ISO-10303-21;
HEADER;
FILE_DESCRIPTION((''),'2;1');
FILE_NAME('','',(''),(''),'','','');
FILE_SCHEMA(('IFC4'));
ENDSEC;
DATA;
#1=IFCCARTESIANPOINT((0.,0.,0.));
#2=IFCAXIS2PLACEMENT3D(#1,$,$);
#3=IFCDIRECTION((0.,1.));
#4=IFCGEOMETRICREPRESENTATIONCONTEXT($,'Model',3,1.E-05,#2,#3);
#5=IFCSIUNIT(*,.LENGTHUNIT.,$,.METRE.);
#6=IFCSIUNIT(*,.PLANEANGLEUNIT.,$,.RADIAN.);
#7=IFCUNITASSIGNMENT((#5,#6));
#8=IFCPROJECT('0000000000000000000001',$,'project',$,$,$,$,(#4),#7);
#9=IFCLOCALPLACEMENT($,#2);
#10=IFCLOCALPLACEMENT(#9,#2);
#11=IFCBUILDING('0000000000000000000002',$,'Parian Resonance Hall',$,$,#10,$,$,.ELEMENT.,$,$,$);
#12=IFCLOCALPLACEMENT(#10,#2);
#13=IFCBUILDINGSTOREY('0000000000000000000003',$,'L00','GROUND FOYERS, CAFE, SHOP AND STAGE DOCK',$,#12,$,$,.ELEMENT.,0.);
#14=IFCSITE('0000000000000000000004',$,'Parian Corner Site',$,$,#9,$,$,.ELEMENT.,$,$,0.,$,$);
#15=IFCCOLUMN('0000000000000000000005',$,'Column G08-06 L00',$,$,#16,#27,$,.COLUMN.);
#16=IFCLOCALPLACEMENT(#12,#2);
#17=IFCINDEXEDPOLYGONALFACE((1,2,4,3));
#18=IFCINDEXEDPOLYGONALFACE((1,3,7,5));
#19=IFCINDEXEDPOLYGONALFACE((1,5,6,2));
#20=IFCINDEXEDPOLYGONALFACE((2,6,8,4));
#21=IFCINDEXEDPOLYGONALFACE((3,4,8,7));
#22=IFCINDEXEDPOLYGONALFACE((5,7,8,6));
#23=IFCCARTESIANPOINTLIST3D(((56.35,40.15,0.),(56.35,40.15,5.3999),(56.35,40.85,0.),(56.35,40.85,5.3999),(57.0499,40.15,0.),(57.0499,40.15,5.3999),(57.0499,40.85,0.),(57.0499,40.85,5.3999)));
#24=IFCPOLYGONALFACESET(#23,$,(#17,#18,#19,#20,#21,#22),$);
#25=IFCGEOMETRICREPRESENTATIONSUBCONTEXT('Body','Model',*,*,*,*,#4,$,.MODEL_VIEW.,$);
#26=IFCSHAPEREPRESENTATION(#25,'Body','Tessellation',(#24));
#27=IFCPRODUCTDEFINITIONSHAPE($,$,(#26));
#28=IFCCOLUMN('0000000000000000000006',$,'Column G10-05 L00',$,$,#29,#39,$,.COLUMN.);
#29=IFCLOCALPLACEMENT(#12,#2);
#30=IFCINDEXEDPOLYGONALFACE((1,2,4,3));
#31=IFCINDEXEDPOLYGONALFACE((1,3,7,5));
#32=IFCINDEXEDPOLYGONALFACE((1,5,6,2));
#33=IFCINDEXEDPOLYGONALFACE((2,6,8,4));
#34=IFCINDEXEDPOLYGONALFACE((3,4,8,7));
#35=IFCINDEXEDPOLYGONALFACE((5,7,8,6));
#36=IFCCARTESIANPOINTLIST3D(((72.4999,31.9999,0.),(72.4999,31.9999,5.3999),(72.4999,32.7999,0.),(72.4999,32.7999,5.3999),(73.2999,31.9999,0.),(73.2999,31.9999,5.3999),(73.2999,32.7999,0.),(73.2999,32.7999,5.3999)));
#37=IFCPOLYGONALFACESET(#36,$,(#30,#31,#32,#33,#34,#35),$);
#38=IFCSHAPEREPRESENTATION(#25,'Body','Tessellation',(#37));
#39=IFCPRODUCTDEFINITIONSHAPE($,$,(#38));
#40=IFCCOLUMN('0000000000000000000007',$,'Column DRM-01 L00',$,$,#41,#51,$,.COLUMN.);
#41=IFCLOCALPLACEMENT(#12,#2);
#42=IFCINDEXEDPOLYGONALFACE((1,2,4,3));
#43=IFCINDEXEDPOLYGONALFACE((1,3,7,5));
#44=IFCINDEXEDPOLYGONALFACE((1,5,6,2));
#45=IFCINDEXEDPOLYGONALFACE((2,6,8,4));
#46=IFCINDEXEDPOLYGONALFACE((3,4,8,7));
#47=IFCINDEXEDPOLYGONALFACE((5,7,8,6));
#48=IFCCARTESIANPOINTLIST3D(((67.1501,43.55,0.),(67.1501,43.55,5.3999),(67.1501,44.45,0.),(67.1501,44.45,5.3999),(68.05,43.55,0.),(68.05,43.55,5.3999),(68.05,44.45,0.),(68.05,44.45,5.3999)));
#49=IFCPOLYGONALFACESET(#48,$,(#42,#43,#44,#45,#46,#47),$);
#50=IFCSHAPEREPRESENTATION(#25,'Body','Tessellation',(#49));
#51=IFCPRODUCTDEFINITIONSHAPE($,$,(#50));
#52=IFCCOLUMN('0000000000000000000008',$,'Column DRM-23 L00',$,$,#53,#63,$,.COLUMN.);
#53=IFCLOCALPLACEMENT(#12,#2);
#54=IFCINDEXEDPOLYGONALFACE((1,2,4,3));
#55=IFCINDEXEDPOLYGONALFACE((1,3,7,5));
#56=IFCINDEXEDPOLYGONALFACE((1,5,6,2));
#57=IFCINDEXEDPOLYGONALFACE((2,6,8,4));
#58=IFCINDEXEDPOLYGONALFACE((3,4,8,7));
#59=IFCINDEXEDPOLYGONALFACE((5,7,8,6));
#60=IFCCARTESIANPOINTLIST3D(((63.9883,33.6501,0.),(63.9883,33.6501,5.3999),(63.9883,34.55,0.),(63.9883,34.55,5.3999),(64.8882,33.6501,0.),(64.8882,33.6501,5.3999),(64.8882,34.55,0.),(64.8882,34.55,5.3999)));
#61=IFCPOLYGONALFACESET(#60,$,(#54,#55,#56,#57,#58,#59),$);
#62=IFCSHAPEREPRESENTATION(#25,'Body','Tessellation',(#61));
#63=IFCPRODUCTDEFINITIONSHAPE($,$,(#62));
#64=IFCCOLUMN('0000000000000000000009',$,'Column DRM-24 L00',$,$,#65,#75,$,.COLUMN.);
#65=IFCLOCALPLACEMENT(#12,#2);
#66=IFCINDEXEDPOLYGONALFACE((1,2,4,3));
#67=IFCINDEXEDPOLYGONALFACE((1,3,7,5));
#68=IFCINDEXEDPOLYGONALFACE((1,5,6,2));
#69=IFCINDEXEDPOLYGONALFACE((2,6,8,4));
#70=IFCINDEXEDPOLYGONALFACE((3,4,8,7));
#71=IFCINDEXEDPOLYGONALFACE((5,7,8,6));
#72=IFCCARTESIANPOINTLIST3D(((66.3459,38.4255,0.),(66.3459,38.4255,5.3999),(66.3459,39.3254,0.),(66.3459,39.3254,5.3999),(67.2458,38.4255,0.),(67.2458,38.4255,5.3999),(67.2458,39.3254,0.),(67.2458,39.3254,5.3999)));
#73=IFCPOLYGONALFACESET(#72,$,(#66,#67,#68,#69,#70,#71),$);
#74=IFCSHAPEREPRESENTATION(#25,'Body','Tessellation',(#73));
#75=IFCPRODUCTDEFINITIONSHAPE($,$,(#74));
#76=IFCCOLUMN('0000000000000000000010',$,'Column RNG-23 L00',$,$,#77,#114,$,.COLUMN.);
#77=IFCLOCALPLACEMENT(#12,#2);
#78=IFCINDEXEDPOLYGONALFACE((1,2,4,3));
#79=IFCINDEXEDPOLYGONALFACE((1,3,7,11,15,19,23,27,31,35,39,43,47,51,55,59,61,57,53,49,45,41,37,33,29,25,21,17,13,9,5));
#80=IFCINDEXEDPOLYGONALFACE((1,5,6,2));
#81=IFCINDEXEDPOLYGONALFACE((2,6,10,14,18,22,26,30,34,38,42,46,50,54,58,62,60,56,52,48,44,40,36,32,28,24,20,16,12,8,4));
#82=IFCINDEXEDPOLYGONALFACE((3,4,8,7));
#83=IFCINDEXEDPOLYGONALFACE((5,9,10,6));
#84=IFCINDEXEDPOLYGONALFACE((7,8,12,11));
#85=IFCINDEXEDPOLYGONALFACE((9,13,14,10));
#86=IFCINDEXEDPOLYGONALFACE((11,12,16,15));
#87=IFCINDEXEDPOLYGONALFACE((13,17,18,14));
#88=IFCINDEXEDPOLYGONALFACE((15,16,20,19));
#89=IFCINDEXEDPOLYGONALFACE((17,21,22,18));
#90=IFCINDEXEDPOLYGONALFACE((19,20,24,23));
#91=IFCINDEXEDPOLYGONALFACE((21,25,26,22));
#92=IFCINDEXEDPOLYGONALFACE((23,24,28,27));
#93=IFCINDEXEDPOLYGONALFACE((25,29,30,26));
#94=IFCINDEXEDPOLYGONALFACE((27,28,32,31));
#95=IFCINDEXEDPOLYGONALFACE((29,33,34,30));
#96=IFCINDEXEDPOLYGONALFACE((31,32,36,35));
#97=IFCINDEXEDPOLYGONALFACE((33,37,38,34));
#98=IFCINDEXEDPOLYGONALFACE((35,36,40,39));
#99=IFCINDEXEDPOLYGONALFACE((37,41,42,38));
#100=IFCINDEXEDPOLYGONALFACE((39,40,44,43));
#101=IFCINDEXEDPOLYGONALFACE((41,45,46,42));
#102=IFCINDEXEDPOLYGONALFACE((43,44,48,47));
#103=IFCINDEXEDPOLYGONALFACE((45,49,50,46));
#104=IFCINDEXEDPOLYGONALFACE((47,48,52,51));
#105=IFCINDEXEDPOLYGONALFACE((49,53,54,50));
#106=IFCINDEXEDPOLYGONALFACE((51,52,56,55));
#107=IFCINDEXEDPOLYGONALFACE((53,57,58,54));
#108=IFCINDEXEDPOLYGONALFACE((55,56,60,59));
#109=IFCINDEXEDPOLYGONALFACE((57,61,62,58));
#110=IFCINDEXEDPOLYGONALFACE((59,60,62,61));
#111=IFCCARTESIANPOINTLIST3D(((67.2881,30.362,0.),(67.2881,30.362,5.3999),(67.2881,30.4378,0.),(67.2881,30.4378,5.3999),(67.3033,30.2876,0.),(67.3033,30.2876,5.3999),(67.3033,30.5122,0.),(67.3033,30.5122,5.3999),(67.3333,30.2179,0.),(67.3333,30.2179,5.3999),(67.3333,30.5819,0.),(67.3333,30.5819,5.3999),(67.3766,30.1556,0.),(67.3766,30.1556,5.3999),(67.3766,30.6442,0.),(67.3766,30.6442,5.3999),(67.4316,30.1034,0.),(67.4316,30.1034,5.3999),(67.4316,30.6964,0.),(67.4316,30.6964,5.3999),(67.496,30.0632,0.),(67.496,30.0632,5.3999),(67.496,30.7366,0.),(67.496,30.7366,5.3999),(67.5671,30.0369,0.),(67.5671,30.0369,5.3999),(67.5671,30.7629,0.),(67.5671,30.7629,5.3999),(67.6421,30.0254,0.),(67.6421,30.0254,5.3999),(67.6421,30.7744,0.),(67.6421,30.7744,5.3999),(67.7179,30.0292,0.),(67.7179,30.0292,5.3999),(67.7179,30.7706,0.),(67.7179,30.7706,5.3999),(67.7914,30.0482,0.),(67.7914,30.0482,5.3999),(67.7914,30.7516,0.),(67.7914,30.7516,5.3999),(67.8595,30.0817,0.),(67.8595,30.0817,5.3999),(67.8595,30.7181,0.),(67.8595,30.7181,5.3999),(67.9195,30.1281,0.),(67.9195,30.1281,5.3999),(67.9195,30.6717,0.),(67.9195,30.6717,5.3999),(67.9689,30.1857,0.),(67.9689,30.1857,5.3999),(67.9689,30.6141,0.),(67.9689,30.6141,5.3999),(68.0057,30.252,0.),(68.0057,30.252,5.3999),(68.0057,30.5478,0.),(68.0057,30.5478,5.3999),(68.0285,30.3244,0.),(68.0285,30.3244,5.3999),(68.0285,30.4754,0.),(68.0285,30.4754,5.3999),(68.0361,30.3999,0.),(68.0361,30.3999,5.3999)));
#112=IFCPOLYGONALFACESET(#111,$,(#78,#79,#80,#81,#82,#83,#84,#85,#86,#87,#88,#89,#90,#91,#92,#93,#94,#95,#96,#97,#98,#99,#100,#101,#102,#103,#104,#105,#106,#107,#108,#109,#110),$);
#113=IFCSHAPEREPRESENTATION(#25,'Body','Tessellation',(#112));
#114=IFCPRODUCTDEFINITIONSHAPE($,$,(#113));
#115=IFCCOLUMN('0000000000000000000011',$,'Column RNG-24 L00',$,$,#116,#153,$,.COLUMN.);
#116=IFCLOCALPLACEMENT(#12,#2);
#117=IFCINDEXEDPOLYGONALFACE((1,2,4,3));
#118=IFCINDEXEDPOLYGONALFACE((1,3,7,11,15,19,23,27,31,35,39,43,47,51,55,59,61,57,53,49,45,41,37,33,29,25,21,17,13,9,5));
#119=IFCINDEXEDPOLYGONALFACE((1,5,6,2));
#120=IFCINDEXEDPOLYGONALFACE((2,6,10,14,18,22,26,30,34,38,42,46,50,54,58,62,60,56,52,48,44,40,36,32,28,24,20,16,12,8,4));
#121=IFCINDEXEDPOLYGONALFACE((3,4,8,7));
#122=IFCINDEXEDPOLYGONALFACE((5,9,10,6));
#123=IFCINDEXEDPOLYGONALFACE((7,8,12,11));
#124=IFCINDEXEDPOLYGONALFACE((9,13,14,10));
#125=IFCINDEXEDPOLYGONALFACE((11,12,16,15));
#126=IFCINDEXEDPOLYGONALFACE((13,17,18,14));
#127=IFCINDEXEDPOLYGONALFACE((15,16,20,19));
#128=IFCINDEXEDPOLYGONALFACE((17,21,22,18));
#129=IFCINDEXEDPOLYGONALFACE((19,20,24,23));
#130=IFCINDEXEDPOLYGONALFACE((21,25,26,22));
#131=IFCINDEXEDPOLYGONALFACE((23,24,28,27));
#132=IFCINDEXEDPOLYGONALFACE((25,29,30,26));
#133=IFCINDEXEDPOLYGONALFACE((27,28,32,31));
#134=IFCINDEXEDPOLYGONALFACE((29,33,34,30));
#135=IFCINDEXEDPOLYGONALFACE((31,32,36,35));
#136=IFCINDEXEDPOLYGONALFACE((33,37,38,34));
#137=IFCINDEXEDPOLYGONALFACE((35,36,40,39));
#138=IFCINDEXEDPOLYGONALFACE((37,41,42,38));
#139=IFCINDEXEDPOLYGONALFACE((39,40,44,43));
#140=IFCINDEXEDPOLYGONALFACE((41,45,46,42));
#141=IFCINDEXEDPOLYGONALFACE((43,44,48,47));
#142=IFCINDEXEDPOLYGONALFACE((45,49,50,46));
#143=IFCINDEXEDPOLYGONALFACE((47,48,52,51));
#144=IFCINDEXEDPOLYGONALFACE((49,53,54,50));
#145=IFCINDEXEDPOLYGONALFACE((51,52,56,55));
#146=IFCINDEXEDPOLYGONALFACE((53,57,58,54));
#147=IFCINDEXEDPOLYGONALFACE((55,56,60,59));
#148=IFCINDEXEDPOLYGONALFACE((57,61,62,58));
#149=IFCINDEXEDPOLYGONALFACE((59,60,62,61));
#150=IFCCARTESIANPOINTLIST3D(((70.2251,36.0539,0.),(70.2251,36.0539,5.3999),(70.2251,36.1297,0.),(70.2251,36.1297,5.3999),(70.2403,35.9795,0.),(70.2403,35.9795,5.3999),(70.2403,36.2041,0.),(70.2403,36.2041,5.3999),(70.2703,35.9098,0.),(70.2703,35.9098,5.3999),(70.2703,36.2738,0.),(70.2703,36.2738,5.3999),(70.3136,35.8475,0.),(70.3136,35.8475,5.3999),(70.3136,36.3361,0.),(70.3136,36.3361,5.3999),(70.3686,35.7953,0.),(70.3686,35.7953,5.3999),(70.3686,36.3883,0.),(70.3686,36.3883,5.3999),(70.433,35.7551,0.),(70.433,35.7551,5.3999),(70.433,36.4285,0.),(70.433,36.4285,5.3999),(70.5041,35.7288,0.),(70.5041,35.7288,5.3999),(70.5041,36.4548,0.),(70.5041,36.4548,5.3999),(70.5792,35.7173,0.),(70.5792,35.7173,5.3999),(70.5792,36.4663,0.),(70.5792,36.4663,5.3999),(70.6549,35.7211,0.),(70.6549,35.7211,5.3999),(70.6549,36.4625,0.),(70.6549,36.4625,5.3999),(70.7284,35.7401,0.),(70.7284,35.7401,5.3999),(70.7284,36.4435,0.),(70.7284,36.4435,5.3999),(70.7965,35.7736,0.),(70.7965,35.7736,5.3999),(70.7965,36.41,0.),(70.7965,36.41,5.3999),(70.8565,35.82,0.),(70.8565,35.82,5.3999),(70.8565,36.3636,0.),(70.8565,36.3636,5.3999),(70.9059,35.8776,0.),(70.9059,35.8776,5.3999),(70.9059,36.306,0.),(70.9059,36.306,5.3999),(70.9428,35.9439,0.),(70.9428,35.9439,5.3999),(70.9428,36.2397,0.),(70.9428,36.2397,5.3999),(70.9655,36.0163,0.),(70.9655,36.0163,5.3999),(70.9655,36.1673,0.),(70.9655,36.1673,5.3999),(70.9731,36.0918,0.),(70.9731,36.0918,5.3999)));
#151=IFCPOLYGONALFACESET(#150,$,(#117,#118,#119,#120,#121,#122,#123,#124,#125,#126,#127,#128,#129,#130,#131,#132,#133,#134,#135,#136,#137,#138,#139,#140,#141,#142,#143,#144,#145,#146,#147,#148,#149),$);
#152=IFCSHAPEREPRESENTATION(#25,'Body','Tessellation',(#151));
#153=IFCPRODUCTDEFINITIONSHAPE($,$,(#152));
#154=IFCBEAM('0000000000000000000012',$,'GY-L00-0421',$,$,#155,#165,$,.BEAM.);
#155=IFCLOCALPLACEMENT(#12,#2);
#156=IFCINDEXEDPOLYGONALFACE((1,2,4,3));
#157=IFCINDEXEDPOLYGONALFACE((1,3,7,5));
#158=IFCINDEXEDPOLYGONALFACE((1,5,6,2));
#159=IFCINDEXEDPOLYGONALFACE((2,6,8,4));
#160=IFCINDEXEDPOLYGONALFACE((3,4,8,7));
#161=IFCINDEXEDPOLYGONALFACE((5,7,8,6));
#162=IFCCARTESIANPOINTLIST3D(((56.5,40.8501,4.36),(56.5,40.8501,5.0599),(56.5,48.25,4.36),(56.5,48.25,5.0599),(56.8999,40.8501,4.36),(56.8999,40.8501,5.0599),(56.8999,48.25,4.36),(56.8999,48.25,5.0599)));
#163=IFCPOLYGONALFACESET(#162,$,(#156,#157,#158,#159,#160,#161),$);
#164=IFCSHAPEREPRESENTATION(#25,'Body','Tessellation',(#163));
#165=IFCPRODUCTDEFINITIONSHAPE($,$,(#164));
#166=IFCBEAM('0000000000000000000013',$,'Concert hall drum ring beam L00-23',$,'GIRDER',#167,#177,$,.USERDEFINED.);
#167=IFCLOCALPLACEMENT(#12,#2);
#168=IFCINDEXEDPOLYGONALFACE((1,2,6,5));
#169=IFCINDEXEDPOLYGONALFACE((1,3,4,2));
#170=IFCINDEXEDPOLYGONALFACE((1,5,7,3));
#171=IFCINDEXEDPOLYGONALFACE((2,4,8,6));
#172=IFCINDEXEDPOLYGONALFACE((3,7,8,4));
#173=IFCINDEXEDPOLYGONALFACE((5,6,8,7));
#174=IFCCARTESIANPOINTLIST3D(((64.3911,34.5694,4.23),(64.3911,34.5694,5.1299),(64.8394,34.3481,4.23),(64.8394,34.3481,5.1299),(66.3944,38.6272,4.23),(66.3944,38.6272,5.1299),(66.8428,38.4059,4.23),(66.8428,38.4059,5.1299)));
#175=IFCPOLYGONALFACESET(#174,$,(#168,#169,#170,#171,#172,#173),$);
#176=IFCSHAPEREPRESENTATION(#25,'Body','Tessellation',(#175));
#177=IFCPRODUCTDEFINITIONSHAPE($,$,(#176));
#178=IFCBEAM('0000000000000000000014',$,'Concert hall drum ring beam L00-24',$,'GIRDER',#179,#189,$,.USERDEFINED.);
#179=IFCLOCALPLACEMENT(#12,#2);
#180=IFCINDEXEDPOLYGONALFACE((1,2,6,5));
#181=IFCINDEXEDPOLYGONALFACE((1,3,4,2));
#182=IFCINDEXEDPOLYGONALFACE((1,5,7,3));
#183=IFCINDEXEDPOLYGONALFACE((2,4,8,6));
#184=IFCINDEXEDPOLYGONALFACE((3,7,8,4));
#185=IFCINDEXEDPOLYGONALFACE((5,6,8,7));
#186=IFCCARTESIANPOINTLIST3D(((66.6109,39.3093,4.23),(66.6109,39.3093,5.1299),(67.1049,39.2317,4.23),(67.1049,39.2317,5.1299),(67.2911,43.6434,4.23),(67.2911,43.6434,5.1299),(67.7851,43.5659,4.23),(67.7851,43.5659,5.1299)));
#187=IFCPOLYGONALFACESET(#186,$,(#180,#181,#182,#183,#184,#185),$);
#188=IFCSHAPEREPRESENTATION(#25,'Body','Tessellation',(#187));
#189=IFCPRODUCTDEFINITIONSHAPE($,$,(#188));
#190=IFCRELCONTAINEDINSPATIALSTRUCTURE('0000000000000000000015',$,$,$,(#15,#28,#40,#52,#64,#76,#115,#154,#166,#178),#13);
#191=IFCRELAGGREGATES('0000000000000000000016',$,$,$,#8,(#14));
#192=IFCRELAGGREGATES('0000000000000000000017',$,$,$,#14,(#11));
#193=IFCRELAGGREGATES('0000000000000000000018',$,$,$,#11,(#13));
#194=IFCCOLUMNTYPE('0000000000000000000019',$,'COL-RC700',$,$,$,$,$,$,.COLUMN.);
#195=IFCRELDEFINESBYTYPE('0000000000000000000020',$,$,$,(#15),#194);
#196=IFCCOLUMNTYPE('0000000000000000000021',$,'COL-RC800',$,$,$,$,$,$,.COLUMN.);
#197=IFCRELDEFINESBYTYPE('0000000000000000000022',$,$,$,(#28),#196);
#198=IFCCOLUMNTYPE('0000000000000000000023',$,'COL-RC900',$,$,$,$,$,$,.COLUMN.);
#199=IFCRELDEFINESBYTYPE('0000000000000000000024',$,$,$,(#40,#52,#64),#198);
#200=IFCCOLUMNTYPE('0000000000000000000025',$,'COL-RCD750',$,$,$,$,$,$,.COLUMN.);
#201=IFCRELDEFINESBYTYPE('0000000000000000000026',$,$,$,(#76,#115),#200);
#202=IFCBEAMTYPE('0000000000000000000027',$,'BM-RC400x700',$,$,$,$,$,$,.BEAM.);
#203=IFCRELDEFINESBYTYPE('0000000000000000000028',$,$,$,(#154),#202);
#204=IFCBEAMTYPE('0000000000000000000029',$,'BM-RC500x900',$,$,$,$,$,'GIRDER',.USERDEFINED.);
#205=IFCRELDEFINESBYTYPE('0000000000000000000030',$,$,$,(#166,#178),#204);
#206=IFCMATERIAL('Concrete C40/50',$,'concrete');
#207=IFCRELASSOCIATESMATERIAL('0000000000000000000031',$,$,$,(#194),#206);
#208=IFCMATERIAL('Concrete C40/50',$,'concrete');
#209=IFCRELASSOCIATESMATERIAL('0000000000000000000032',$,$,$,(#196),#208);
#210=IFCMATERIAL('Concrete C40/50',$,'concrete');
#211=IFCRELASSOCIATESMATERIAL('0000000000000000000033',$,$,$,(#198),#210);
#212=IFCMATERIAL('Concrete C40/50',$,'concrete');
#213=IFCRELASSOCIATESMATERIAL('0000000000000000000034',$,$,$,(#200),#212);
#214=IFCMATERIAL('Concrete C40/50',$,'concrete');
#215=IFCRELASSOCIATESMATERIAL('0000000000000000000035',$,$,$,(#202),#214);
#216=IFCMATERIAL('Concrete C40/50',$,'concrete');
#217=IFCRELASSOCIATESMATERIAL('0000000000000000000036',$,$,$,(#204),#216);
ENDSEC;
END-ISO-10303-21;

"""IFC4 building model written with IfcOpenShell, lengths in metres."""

from ifc_helpers import new_model, si_unit, direction, frame, origin, origin_2d, place, context, subcontext, project, spatial, rectangle, circle, extrude, material, material_profile, profile_set, type_object, element, save


model = new_model("IFC4")

# Units and contexts
model_context = context("Model", 3, precision=1e-05, world=origin(), true_north=direction((0.0, 1.0)))
body_context = subcontext(model_context, "Body", "Model", "MODEL_VIEW")
ifc_project = project(units=[si_unit("LENGTHUNIT", "METRE"), si_unit("PLANEANGLEUNIT", "RADIAN")], contexts=[model_context])

# Site, building, storey
site_placement = place(None, origin())
site = spatial("IfcSite", under=ifc_project, at=site_placement, Name="Parian Corner Site", CompositionType="ELEMENT", RefElevation=0.0)
building_placement = place(site_placement, origin())
building = spatial("IfcBuilding", under=site, at=building_placement, Name="Parian Resonance Hall", CompositionType="ELEMENT")
storey_placement = place(building_placement, origin())
storey = spatial("IfcBuildingStorey", under=building, at=storey_placement, Name="L00", Description="GROUND FOYERS, CAFE, SHOP AND STAGE DOCK", CompositionType="ELEMENT", Elevation=0.0)

# Columns
ifc_material_1 = material(Name="Concrete C40/50", Category="concrete")
ifc_material_profile_1 = material_profile(ifc_material_1, rectangle(XDim=0.7, YDim=0.7, at=origin_2d()), Name="RC-COL-700x700")
ifc_profile_set_1 = profile_set([ifc_material_profile_1], Name="Concrete C40/50")
column_type_1 = type_object("IfcColumnType", Name="COL-RC700", PredefinedType="COLUMN", material=ifc_profile_set_1)
column_1_placement = place(storey_placement, frame((56.7, 40.5, 0.0), z_axis=(0.0, 0.0, 1.0), x_axis=(1.0, 0.0, 0.0)))
element("IfcColumn", 1, at=column_1_placement, inside=storey, type_object=column_type_1, Name="Column G08-06 L00", PredefinedType="COLUMN", context=body_context, shape_type="SweptSolid", body=[
    extrude(rectangle(XDim=0.7, YDim=0.7, at=origin_2d()), origin(), (0.0, 0.0, 1.0), 5.3999),
])
ifc_material_2 = material(Name="Concrete C40/50", Category="concrete")
ifc_material_profile_2 = material_profile(ifc_material_2, rectangle(XDim=0.8, YDim=0.8, at=origin_2d()), Name="RC-COL-800x800")
ifc_profile_set_2 = profile_set([ifc_material_profile_2], Name="Concrete C40/50")
column_type_2 = type_object("IfcColumnType", Name="COL-RC800", PredefinedType="COLUMN", material=ifc_profile_set_2)
column_2_placement = place(storey_placement, frame((72.8999, 32.3999, 0.0), z_axis=(0.0, 0.0, 1.0), x_axis=(1.0, 0.0, 0.0)))
element("IfcColumn", 2, at=column_2_placement, inside=storey, type_object=column_type_2, Name="Column G10-05 L00", PredefinedType="COLUMN", context=body_context, shape_type="SweptSolid", body=[
    extrude(rectangle(XDim=0.8, YDim=0.8, at=origin_2d()), origin(), (0.0, 0.0, 1.0), 5.3999),
])
ifc_material_3 = material(Name="Concrete C40/50", Category="concrete")
ifc_material_profile_3 = material_profile(ifc_material_3, rectangle(XDim=0.8999, YDim=0.8999, at=origin_2d()), Name="RC-COL-900x900")
ifc_profile_set_3 = profile_set([ifc_material_profile_3], Name="Concrete C40/50")
column_type_3 = type_object("IfcColumnType", Name="COL-RC900", PredefinedType="COLUMN", material=ifc_profile_set_3)
for number, where, z_axis, x_axis, name in (
    (3, (67.6001, 44.0, 0.0), (0.0, 0.0, 1.0), (1.0, 0.0, 0.0), "Column DRM-01 L00"),
    (4, (64.4382, 34.1001, 0.0), (0.0, 0.0, 1.0), (1.0, 0.0, 0.0), "Column DRM-23 L00"),
    (5, (66.7959, 38.8755, 0.0), (0.0, 0.0, 1.0), (1.0, 0.0, 0.0), "Column DRM-24 L00"),
):
    element("IfcColumn", number, at=place(storey_placement, frame(where, z_axis=z_axis, x_axis=x_axis)), inside=storey, type_object=column_type_3, Name=name, PredefinedType="COLUMN", context=body_context, shape_type="SweptSolid", body=[
        extrude(rectangle(XDim=0.8999, YDim=0.8999, at=origin_2d()), origin(), (0.0, 0.0, 1.0), 5.3999),
    ])
ifc_material_4 = material(Name="Concrete C40/50", Category="concrete")
ifc_material_profile_4 = material_profile(ifc_material_4, circle(Radius=0.375, at=origin_2d()), Name="RC-COL-D750")
ifc_profile_set_4 = profile_set([ifc_material_profile_4], Name="Concrete C40/50")
column_type_4 = type_object("IfcColumnType", Name="COL-RCD750", PredefinedType="COLUMN", material=ifc_profile_set_4)
for number, where, z_axis, x_axis, name in (
    (6, (67.6611, 30.3999, 0.0), (0.0, 0.0, 1.0), (1.0, 0.0, 0.0), "Column RNG-23 L00"),
    (7, (70.5981, 36.0918, 0.0), (0.0, 0.0, 1.0), (1.0, 0.0, 0.0), "Column RNG-24 L00"),
):
    element("IfcColumn", number, at=place(storey_placement, frame(where, z_axis=z_axis, x_axis=x_axis)), inside=storey, type_object=column_type_4, Name=name, PredefinedType="COLUMN", context=body_context, shape_type="SweptSolid", body=[
        extrude(circle(Radius=0.375, at=origin_2d()), origin(), (0.0, 0.0, 1.0), 5.3999),
    ])

# Beams
ifc_material_5 = material(Name="Concrete C40/50", Category="concrete")
ifc_material_profile_5 = material_profile(ifc_material_5, rectangle(XDim=0.3999, YDim=0.7, at=origin_2d()), Name="RC-BM-400x700")
ifc_profile_set_5 = profile_set([ifc_material_profile_5], Name="Concrete C40/50")
beam_type_1 = type_object("IfcBeamType", Name="BM-RC400x700", PredefinedType="BEAM", material=ifc_profile_set_5)
beam_1_placement = place(storey_placement, frame((56.7, 40.8501, 4.71), z_axis=(0.0, 1.0, 0.0), x_axis=(-1.0, 0.0, 0.0)))
element("IfcBeam", 8, at=beam_1_placement, inside=storey, type_object=beam_type_1, Name="GY-L00-0421", PredefinedType="BEAM", context=body_context, shape_type="SweptSolid", body=[
    extrude(rectangle(XDim=0.3999, YDim=0.7, at=origin_2d()), origin(), (0.0, 0.0, 1.0), 7.3999),
])
ifc_material_6 = material(Name="Concrete C40/50", Category="concrete")
ifc_material_profile_6 = material_profile(ifc_material_6, rectangle(XDim=0.5, YDim=0.8999, at=origin_2d()), Name="RC-BM-500x900")
ifc_profile_set_6 = profile_set([ifc_material_profile_6], Name="Concrete C40/50")
beam_type_2 = type_object("IfcBeamType", Name="BM-RC500x900", ElementType="GIRDER", PredefinedType="USERDEFINED", material=ifc_profile_set_6)
beam_2_placement = place(storey_placement, frame((64.6152, 34.4587, 4.6799), z_axis=(0.442698, 0.896671, 0.0), x_axis=(-0.896671, 0.442698, 0.0)))
element("IfcBeam", 9, at=beam_2_placement, inside=storey, type_object=beam_type_2, Name="Concert hall drum ring beam L00-23", ObjectType="GIRDER", PredefinedType="USERDEFINED", context=body_context, shape_type="SweptSolid", body=[
    extrude(rectangle(XDim=0.5, YDim=0.8999, at=origin_2d()), origin(), (0.0, 0.0, 1.0), 4.5254),
])
beam_3_placement = place(storey_placement, frame((66.8579, 39.2705, 4.6799), z_axis=(0.155034, 0.987909, 0.0), x_axis=(-0.987909, 0.155034, 0.0)))
element("IfcBeam", 10, at=beam_3_placement, inside=storey, type_object=beam_type_2, Name="Concert hall drum ring beam L00-24", ObjectType="GIRDER", PredefinedType="USERDEFINED", context=body_context, shape_type="SweptSolid", body=[
    extrude(rectangle(XDim=0.5, YDim=0.8999, at=origin_2d()), origin(), (0.0, 0.0, 1.0), 4.3872),
])

save(model, "model.ifc")
